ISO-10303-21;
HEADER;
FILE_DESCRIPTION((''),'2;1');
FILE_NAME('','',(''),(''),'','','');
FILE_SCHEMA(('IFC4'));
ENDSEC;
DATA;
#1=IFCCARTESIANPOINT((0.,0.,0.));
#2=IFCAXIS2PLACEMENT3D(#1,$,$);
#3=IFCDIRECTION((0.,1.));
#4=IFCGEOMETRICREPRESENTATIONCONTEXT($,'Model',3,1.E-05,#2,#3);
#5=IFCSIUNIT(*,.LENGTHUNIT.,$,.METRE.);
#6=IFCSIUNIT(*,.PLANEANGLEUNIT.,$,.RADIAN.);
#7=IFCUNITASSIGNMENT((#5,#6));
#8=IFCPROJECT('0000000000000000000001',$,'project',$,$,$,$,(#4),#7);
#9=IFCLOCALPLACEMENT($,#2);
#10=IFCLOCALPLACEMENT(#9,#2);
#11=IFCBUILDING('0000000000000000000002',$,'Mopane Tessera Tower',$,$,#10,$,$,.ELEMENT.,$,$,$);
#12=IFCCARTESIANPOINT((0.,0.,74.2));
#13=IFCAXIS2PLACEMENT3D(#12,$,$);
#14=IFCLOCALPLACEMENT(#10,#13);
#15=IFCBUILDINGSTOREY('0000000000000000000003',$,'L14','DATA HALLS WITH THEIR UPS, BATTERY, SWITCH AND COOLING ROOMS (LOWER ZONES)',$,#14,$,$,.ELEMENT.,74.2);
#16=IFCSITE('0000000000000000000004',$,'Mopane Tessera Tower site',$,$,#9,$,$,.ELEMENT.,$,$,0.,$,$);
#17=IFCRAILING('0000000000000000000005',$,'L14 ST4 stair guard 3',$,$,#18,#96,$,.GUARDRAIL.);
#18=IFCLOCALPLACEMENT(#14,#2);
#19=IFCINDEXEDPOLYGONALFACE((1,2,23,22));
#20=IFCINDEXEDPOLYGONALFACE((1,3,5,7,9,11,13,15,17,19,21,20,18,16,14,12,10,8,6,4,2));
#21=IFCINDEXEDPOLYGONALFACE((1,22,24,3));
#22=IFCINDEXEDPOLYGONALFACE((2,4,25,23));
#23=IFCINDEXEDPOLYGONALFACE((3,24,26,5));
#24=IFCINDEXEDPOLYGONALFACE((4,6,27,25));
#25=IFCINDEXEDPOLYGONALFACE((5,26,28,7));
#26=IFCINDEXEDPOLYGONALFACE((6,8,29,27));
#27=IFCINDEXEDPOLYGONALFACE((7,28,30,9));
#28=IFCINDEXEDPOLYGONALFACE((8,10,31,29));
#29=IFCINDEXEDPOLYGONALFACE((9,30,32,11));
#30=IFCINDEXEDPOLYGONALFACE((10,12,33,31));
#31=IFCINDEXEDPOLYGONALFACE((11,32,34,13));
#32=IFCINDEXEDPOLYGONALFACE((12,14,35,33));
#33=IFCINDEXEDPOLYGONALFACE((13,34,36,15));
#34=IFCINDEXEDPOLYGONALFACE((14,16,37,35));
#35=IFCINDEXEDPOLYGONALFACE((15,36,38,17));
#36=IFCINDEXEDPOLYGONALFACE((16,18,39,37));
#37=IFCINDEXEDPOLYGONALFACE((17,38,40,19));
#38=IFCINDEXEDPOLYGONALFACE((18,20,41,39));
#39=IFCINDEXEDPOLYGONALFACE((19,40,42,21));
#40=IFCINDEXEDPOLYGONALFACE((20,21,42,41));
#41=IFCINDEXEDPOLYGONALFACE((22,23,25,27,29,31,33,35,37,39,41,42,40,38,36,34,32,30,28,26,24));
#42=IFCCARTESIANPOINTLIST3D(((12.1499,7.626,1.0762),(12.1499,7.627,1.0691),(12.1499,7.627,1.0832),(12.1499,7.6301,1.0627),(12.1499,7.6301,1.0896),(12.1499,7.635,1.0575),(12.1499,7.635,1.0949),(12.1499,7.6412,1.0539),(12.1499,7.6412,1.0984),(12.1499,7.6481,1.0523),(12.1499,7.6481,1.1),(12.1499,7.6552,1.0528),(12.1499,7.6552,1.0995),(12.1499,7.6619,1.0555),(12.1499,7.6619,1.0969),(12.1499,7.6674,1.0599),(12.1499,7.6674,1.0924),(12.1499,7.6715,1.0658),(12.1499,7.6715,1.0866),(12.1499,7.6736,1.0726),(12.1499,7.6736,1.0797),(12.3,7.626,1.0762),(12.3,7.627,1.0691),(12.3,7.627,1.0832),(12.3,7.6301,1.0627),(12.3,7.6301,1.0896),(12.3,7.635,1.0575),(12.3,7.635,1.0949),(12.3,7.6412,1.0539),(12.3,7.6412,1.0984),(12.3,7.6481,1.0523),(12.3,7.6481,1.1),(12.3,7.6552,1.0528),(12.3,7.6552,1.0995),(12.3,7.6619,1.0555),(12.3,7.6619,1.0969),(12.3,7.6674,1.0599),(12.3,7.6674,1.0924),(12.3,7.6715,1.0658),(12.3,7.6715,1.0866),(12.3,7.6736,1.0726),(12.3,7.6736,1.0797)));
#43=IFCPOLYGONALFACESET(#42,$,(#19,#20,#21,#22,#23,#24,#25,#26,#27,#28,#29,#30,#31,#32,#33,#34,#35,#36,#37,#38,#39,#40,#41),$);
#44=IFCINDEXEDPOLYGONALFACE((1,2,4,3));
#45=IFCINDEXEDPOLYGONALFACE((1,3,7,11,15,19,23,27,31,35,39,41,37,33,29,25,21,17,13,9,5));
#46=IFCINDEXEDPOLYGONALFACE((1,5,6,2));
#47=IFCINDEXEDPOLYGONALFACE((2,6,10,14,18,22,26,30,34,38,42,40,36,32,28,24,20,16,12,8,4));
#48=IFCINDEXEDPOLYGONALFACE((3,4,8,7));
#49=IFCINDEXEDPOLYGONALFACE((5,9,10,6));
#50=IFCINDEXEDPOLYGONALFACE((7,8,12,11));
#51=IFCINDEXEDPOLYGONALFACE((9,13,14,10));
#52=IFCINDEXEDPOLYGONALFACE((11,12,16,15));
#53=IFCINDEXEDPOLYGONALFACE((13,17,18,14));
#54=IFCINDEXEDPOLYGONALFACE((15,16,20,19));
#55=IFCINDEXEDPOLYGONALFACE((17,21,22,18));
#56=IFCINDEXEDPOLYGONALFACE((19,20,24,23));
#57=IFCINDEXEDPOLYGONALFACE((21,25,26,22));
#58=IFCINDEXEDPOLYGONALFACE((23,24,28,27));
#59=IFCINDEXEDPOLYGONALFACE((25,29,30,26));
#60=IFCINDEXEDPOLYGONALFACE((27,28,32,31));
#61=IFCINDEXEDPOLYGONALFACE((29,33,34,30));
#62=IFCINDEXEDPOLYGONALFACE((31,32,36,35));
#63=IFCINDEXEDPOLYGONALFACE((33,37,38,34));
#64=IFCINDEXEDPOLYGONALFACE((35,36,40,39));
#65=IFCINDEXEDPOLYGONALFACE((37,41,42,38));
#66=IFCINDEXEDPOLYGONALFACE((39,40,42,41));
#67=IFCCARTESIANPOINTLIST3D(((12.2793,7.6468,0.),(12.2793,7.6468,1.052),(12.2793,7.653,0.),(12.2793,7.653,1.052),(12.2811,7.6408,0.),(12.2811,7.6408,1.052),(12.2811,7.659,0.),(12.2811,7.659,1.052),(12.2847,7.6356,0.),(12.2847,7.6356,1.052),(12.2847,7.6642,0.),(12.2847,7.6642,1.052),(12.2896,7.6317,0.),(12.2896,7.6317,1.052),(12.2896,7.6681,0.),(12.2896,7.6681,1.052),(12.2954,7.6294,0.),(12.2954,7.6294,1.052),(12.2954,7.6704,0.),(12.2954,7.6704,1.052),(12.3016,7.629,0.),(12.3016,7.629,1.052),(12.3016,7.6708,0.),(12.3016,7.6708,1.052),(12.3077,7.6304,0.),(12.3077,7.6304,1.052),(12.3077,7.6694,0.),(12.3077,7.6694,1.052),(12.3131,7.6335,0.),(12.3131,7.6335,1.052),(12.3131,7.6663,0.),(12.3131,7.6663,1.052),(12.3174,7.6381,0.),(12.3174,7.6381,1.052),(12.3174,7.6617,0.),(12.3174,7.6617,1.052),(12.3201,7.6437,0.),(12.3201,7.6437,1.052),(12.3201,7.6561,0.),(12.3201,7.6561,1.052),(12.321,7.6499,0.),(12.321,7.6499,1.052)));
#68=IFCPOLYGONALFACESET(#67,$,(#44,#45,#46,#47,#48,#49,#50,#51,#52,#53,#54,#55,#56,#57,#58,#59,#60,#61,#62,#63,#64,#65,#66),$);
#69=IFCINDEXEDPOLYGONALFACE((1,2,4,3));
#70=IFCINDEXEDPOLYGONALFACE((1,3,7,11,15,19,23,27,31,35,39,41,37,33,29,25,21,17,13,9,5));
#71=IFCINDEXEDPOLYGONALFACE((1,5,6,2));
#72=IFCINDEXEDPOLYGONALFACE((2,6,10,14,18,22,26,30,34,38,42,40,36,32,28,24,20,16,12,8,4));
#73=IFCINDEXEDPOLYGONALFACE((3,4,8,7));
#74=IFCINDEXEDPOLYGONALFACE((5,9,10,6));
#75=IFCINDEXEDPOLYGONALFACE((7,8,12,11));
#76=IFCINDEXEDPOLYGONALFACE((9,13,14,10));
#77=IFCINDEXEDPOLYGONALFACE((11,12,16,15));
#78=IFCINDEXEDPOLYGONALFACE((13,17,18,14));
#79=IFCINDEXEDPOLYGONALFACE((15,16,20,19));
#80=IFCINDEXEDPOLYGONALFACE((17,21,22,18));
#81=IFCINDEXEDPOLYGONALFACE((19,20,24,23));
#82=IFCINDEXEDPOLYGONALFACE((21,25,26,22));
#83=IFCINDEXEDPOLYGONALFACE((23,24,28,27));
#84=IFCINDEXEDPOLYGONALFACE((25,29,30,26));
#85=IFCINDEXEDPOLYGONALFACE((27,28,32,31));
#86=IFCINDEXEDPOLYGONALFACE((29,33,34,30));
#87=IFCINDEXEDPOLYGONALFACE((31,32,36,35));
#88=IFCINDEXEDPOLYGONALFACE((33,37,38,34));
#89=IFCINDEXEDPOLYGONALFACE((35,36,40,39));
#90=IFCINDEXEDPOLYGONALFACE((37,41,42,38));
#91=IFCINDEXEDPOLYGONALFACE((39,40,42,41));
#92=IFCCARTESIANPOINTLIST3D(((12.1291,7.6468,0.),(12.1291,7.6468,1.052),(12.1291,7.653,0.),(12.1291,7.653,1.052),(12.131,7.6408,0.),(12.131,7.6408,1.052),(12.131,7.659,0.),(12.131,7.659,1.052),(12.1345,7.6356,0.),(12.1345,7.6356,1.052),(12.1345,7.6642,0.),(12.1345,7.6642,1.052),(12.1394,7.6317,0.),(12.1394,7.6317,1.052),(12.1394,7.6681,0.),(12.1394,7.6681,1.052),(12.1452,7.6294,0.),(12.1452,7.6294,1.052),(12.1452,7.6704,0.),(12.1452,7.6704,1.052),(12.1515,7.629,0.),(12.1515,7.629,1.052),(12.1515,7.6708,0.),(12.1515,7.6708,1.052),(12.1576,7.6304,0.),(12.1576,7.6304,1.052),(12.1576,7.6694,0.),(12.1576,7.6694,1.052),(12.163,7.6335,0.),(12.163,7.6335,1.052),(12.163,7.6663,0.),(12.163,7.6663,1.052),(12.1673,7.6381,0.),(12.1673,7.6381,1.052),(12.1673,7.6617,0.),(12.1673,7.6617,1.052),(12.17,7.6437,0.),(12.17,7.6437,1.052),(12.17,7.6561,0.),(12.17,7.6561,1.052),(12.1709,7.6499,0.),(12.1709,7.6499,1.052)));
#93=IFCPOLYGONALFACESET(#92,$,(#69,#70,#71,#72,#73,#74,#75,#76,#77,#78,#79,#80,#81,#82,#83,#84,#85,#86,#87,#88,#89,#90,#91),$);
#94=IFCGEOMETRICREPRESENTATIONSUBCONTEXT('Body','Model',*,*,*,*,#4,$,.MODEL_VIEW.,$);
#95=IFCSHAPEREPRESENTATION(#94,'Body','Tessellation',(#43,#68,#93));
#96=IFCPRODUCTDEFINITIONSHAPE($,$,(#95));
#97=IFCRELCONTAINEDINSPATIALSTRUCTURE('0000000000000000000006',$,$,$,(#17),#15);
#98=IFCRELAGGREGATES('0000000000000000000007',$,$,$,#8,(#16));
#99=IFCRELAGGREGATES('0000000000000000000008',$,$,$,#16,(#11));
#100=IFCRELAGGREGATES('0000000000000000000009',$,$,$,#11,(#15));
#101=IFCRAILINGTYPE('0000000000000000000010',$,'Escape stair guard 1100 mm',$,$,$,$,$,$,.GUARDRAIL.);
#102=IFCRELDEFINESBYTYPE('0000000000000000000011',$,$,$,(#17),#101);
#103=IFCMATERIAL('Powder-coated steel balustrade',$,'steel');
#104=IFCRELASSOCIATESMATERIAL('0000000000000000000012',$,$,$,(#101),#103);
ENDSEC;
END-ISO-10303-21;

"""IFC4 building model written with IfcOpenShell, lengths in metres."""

from ifc_helpers import new_model, si_unit, direction, frame, origin, origin_2d, place, context, subcontext, project, spatial, circle, extrude, material, type_object, element, save


model = new_model("IFC4")

# Units and contexts
model_context = context("Model", 3, precision=1e-05, world=origin(), true_north=direction((0.0, 1.0)))
body_context = subcontext(model_context, "Body", "Model", "MODEL_VIEW")
ifc_project = project(units=[si_unit("LENGTHUNIT", "METRE"), si_unit("PLANEANGLEUNIT", "RADIAN")], contexts=[model_context])

# Site, building, storey
site_placement = place(None, origin())
site = spatial("IfcSite", under=ifc_project, at=site_placement, Name="Mopane Tessera Tower site", CompositionType="ELEMENT", RefElevation=0.0)
building_placement = place(site_placement, origin())
building = spatial("IfcBuilding", under=site, at=building_placement, Name="Mopane Tessera Tower", CompositionType="ELEMENT")
storey_placement = place(building_placement, frame((0.0, 0.0, 74.2)))
storey = spatial("IfcBuildingStorey", under=building, at=storey_placement, Name="L14", Description="DATA HALLS WITH THEIR UPS, BATTERY, SWITCH AND COOLING ROOMS (LOWER ZONES)", CompositionType="ELEMENT", Elevation=74.2)

# Railing
ifc_material_1 = material(Name="Powder-coated steel balustrade", Category="steel")
railing_type = type_object("IfcRailingType", Name="Escape stair guard 1100 mm", PredefinedType="GUARDRAIL", material=ifc_material_1)
railing_1_placement = place(storey_placement, frame((12.3, 7.6499, 0.0)))
element("IfcRailing", 1, at=railing_1_placement, inside=storey, type_object=railing_type, Name="L14 ST4 stair guard 3", PredefinedType="GUARDRAIL", context=body_context, shape_type="SweptSolid", body=[
    extrude(circle(Radius=0.0239, at=origin_2d()), frame((0.0, 0.0, 1.0762), z_axis=(-1.0, 0.0, 0.0), x_axis=(0.0, -1.0, 0.0)), (0.0, 0.0, 1.0), 0.1501),
    extrude(circle(Radius=0.021, at=origin_2d()), origin(), (0.0, 0.0, 1.0), 1.052),
    extrude(circle(Radius=0.021, at=origin_2d()), frame((-0.1501, 0.0, 0.0)), (0.0, 0.0, 1.0), 1.052),
])

save(model, "model.ifc")
